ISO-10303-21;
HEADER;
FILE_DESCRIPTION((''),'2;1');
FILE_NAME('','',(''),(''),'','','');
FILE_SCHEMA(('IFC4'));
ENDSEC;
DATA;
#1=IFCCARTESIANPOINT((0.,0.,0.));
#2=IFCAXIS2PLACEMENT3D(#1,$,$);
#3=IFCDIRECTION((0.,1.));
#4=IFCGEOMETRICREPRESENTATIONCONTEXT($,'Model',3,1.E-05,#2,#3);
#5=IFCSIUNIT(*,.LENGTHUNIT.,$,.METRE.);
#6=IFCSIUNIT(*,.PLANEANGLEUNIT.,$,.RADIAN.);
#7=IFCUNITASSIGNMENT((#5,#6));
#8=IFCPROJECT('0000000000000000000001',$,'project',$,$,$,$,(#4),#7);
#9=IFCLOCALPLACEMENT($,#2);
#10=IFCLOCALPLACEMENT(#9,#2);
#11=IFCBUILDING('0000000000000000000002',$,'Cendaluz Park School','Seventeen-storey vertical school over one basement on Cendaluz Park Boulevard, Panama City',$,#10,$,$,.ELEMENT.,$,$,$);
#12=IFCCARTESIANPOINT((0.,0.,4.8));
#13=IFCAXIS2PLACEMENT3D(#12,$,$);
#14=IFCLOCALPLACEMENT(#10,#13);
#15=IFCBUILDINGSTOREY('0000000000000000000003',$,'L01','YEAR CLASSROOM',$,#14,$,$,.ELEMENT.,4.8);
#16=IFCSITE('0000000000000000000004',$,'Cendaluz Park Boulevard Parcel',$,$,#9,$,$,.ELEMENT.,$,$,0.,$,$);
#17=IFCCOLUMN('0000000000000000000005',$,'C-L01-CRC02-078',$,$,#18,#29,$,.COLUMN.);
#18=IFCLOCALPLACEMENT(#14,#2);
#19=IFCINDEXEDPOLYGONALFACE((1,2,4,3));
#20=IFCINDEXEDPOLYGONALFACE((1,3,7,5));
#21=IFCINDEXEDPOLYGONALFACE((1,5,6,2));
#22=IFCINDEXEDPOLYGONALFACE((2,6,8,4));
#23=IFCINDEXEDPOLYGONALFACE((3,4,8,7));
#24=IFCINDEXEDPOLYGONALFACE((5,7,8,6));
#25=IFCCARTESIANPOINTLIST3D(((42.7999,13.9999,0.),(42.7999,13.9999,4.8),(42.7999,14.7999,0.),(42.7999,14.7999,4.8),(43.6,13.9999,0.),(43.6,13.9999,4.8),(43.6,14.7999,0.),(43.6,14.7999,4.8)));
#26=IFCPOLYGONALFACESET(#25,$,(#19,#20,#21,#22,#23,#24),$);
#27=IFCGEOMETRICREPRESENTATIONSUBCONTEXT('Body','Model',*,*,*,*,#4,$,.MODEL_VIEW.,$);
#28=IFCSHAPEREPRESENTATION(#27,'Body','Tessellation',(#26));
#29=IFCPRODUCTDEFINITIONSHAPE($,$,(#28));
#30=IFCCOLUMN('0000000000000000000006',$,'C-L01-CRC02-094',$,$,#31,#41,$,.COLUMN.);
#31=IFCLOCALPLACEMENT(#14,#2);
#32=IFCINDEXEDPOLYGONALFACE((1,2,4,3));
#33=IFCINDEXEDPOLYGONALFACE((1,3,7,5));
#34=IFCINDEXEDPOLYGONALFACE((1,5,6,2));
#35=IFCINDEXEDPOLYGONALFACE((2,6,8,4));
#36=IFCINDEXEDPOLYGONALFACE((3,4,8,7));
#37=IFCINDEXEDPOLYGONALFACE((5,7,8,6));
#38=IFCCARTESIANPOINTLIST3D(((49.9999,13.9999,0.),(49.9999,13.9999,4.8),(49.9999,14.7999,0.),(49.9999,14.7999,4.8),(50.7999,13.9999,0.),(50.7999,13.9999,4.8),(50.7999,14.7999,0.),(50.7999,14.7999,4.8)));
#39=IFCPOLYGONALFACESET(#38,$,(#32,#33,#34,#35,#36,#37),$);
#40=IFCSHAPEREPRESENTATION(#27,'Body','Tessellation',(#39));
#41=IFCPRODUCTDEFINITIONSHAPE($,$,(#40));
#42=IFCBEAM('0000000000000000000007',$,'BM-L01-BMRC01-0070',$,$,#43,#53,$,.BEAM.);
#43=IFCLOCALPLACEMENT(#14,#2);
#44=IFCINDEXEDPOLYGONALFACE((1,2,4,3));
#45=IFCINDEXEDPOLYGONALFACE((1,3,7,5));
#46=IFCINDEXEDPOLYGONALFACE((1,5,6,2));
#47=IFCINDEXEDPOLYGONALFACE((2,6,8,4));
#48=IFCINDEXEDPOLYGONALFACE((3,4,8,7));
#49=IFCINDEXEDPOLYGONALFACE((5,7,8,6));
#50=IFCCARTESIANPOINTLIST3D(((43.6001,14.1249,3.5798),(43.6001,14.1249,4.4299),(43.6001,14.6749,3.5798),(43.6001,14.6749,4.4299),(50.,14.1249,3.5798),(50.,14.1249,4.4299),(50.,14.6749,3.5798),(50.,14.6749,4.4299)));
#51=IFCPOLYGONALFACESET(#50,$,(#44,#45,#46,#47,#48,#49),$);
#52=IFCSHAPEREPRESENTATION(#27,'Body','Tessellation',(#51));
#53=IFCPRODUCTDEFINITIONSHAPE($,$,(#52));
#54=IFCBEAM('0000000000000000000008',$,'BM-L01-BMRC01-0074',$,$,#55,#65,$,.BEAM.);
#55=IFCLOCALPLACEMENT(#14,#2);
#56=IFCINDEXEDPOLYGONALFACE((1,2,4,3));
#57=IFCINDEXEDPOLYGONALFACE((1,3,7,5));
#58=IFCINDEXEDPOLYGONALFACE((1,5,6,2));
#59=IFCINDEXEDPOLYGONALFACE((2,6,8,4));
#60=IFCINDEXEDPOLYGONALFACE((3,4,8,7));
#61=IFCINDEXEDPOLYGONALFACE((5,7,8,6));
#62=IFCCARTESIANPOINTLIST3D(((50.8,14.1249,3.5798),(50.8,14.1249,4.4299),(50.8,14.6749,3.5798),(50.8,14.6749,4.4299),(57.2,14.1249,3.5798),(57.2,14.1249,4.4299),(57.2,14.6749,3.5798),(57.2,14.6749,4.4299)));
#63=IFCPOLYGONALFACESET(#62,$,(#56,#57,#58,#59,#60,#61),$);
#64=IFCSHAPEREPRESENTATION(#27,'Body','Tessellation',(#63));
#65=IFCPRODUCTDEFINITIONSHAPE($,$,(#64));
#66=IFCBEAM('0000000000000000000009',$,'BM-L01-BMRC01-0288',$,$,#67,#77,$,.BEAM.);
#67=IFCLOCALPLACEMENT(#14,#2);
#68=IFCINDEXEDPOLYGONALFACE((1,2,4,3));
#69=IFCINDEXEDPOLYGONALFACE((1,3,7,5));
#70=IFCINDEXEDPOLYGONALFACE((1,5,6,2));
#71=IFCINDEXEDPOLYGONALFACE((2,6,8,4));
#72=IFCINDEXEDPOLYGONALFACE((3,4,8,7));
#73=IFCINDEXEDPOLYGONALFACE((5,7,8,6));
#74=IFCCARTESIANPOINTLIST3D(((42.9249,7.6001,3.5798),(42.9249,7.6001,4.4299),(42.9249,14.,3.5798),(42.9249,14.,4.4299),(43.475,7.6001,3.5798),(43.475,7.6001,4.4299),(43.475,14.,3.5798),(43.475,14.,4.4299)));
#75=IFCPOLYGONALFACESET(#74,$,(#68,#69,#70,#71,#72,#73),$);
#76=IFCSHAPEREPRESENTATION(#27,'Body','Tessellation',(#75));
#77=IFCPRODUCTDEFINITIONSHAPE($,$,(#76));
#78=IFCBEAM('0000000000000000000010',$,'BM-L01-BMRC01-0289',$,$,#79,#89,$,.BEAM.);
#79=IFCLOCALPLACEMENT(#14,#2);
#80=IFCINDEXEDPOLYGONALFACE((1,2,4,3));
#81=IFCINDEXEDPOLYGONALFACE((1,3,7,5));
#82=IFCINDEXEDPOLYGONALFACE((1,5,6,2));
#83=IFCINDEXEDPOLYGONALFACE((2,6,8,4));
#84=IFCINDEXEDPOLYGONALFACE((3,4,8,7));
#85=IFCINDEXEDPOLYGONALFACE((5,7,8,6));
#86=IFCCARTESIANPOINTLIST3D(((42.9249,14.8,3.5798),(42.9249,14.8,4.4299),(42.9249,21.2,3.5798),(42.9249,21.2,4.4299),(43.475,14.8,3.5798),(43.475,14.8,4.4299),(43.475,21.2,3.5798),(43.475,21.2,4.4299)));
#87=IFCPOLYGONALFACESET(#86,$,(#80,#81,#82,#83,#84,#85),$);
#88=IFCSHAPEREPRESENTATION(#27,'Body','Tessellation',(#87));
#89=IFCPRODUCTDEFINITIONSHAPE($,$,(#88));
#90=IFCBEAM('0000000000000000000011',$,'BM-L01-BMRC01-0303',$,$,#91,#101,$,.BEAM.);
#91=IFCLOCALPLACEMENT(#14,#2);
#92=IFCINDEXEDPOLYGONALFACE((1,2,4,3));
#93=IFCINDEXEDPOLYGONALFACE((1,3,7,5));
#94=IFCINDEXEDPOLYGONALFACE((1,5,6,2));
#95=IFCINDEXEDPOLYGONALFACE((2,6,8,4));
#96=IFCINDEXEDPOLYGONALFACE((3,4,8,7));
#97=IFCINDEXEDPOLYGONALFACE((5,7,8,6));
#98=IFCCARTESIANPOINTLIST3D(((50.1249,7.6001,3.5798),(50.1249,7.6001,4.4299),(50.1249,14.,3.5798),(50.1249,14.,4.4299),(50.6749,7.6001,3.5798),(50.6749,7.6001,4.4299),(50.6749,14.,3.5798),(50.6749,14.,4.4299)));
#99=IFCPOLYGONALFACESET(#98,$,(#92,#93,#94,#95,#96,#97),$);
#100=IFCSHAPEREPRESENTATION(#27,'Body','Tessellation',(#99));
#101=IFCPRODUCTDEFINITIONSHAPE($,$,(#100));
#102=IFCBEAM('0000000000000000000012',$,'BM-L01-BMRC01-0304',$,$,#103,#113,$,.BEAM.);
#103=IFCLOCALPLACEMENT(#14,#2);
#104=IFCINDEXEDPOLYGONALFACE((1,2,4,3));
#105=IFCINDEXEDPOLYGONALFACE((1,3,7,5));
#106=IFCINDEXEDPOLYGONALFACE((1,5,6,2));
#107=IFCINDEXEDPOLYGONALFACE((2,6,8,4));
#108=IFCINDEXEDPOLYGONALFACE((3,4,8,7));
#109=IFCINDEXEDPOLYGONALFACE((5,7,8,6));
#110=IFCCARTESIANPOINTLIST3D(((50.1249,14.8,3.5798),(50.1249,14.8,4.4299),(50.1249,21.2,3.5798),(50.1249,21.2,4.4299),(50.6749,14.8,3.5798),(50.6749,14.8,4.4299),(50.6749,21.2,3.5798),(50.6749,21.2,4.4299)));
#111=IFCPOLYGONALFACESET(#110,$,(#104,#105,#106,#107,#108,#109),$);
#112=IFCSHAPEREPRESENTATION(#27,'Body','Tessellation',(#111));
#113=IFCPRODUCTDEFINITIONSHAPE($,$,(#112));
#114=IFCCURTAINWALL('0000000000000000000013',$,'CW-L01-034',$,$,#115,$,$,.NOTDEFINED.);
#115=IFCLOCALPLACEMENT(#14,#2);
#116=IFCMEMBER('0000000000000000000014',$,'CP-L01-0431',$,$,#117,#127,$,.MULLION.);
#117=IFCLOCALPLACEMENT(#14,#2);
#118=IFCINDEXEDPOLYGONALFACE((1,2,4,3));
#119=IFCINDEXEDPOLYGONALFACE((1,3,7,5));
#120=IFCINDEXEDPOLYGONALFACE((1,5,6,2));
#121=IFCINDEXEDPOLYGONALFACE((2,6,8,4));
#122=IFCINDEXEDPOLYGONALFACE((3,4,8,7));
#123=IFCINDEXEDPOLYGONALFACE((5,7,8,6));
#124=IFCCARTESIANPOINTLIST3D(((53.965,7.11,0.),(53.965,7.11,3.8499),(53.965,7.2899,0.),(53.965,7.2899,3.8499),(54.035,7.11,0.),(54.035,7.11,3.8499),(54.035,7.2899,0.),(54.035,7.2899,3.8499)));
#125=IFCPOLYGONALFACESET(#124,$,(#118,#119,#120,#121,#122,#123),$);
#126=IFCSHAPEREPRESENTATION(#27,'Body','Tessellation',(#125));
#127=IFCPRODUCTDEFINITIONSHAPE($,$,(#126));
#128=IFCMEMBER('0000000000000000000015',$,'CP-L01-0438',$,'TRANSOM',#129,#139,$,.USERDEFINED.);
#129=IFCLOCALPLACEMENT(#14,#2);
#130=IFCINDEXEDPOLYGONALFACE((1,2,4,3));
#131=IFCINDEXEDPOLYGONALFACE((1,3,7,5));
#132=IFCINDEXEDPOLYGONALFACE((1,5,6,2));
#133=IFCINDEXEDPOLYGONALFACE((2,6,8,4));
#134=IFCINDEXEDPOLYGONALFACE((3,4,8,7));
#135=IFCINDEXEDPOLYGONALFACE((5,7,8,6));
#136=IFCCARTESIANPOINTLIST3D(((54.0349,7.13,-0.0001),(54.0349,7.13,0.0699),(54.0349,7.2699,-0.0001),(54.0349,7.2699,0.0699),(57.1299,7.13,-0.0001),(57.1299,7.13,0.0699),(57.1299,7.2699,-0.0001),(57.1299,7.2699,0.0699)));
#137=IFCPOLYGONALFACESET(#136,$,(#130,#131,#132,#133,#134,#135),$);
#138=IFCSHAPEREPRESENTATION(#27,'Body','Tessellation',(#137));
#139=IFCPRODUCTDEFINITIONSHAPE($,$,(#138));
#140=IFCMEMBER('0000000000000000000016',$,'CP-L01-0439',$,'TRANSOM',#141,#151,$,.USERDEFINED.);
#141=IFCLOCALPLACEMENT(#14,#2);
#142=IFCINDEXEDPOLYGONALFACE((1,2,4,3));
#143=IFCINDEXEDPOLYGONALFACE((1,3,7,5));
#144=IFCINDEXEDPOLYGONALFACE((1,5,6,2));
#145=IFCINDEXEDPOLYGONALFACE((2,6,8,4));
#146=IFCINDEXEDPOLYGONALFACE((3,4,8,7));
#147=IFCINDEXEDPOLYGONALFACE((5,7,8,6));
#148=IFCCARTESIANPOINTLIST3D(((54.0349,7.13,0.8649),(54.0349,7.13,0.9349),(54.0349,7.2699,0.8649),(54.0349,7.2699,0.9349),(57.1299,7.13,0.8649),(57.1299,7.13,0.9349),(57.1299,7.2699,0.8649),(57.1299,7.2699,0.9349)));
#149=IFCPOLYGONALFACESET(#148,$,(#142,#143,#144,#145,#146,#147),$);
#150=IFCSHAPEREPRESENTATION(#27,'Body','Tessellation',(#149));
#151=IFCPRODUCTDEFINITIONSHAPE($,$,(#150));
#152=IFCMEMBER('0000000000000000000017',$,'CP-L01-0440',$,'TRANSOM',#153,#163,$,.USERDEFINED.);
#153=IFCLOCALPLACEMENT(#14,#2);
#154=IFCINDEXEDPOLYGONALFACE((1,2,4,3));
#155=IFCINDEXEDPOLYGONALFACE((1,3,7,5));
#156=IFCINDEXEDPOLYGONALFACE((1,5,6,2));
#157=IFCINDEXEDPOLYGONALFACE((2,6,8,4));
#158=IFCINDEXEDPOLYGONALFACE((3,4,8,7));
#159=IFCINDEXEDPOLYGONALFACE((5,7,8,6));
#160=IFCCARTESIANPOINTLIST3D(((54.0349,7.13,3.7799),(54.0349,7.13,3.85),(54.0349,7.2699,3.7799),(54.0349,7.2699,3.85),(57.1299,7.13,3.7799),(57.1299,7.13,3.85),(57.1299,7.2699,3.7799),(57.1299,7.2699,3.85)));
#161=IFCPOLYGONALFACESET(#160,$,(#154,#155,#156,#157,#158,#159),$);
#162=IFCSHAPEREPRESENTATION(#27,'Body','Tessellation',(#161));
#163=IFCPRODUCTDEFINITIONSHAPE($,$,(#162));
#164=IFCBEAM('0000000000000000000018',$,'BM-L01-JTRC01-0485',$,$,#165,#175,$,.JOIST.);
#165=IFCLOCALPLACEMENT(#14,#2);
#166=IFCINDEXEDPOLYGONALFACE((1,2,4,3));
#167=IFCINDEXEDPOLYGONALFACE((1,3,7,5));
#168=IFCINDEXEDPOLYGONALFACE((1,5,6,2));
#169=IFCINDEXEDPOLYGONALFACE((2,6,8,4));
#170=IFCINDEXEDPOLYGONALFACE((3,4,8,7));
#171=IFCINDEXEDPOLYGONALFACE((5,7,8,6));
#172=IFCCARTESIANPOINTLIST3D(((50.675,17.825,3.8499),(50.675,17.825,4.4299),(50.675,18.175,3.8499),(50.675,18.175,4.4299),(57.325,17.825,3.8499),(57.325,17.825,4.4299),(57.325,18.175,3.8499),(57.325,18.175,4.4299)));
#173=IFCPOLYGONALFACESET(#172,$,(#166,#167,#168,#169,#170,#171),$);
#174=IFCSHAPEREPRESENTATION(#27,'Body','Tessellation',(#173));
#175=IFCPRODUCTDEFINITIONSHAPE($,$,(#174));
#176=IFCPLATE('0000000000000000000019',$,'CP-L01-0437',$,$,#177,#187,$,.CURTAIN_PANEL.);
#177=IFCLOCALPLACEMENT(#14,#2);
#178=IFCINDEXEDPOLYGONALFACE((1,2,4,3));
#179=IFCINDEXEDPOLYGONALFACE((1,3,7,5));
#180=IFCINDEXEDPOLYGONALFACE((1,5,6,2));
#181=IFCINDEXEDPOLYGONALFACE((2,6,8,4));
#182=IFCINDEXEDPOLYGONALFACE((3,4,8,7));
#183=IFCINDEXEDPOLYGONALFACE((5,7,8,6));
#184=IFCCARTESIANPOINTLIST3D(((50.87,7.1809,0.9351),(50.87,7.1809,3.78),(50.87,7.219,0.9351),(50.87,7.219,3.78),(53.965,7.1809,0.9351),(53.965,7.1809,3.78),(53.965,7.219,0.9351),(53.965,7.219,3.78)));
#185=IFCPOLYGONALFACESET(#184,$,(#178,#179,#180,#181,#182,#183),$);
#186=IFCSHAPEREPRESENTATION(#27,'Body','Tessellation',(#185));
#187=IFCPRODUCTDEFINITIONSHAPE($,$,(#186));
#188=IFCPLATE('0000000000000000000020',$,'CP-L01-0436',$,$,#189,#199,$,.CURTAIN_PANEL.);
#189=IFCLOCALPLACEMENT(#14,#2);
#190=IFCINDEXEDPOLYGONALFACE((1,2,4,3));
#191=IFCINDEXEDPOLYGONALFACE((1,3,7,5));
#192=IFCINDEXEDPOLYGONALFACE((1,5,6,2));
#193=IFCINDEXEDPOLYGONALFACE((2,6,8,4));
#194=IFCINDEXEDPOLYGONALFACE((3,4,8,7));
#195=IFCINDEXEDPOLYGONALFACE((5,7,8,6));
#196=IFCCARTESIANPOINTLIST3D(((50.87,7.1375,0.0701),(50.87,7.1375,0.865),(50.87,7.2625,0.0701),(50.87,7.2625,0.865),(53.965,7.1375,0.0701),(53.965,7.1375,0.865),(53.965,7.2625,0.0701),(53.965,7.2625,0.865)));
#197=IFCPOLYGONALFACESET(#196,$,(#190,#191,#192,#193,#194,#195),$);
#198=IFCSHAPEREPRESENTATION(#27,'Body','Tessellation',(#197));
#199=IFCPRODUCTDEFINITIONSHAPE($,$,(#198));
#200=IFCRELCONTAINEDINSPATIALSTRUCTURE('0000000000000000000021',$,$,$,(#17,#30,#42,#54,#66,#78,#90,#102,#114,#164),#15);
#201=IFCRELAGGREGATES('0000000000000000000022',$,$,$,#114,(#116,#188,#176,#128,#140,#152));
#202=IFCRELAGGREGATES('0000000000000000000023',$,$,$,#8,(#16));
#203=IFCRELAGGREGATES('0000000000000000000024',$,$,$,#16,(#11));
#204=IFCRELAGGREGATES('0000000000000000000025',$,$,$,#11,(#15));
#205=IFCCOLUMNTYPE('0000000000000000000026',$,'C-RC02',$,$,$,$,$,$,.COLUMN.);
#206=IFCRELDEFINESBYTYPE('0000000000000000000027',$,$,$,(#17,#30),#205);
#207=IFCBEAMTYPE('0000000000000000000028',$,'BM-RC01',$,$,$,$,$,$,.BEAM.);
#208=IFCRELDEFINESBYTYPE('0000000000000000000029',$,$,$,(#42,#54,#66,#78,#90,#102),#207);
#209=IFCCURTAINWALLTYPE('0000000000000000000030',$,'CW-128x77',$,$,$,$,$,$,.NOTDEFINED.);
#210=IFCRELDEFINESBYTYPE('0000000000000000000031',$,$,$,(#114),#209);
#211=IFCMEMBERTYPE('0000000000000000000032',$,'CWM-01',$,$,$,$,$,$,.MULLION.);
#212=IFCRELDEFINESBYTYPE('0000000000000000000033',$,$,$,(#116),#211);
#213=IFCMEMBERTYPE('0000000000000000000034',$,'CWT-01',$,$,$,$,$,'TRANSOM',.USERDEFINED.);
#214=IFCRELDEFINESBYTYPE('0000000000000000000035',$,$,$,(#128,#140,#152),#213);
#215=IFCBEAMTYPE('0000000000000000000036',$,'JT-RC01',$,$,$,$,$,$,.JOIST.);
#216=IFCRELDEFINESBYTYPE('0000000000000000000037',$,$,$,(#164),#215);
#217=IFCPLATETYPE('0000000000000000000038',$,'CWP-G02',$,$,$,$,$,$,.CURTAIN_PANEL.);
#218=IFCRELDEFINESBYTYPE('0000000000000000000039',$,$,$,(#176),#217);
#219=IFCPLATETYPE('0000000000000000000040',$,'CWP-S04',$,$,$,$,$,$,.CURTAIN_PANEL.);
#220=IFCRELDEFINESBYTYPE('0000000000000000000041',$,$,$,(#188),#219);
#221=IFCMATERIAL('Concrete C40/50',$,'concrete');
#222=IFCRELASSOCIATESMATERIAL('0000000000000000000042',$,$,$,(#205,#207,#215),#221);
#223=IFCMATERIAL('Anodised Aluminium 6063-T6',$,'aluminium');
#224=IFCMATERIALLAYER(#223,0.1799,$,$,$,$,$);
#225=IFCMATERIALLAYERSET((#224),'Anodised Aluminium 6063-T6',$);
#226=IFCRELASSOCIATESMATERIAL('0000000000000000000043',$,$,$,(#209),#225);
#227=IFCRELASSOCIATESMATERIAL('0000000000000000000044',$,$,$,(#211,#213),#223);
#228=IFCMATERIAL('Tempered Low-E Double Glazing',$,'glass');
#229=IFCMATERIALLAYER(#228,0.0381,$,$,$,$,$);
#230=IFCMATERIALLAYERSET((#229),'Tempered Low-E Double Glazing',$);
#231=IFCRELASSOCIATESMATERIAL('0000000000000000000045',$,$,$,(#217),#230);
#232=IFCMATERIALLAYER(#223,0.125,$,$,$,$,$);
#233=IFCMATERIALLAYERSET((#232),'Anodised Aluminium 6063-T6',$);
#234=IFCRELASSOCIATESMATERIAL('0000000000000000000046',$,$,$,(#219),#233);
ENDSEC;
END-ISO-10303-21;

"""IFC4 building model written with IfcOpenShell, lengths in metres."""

from ifc_helpers import new_model, si_unit, direction, frame, origin, origin_2d, place, context, subcontext, project, spatial, rectangle, extrude, material, layer, layer_set, material_profile, profile_set, type_object, element, aggregate, save


model = new_model("IFC4")

# Units and contexts
model_context = context("Model", 3, precision=1e-05, world=origin(), true_north=direction((0.0, 1.0)))
body_context = subcontext(model_context, "Body", "Model", "MODEL_VIEW")
ifc_project = project(units=[si_unit("LENGTHUNIT", "METRE"), si_unit("PLANEANGLEUNIT", "RADIAN")], contexts=[model_context])

# Site, building, storey
site_placement = place(None, origin())
site = spatial("IfcSite", under=ifc_project, at=site_placement, Name="Cendaluz Park Boulevard Parcel", CompositionType="ELEMENT", RefElevation=0.0)
building_placement = place(site_placement, origin())
building = spatial("IfcBuilding", under=site, at=building_placement, Name="Cendaluz Park School", Description="Seventeen-storey vertical school over one basement on Cendaluz Park Boulevard, Panama City", CompositionType="ELEMENT")
storey_placement = place(building_placement, frame((0.0, 0.0, 4.8)))
storey = spatial("IfcBuildingStorey", under=building, at=storey_placement, Name="L01", Description="YEAR CLASSROOM", CompositionType="ELEMENT", Elevation=4.8)

# Columns
ifc_material_1 = material(Name="Concrete C40/50", Category="concrete")
ifc_material_profile_1 = material_profile(ifc_material_1, rectangle(XDim=0.8, YDim=0.8, at=origin_2d()), Name="RC 800x800", Category="concrete")
ifc_profile_set_1 = profile_set([ifc_material_profile_1], Name="Concrete C40/50")
column_type = type_object("IfcColumnType", Name="C-RC02", PredefinedType="COLUMN", material=ifc_profile_set_1)
for number, where, z_axis, x_axis, name in (
    (1, (43.2, 14.3999, 0.0), (0.0, 0.0, 1.0), (1.0, 0.0, 0.0), "C-L01-CRC02-078"),
    (2, (50.3999, 14.3999, 0.0), (0.0, 0.0, 1.0), (1.0, 0.0, 0.0), "C-L01-CRC02-094"),
):
    element("IfcColumn", number, at=place(storey_placement, frame(where, z_axis=z_axis, x_axis=x_axis)), inside=storey, type_object=column_type, Name=name, PredefinedType="COLUMN", context=body_context, shape_type="SweptSolid", body=[
        extrude(rectangle(XDim=0.8, YDim=0.8, at=origin_2d()), origin(), (0.0, 0.0, 1.0), 4.8),
    ])

# Beams
ifc_material_profile_2 = material_profile(ifc_material_1, rectangle(XDim=0.55, YDim=0.8501, at=origin_2d()), Name="RC 550x850", Category="concrete")
ifc_profile_set_2 = profile_set([ifc_material_profile_2], Name="Concrete C40/50")
beam_type_1 = type_object("IfcBeamType", Name="BM-RC01", PredefinedType="BEAM", material=ifc_profile_set_2)
for number, where, z_axis, x_axis, name in (
    (3, (43.6001, 14.3999, 4.0049), (1.0, 0.0, 0.0), (0.0, 1.0, 0.0), "BM-L01-BMRC01-0070"),
    (4, (50.8, 14.3999, 4.0049), (1.0, 0.0, 0.0), (0.0, 1.0, 0.0), "BM-L01-BMRC01-0074"),
    (5, (43.2, 7.6001, 4.0049), (0.0, 1.0, 0.0), (-1.0, 0.0, 0.0), "BM-L01-BMRC01-0288"),
    (6, (43.2, 14.8, 4.0049), (0.0, 1.0, 0.0), (-1.0, 0.0, 0.0), "BM-L01-BMRC01-0289"),
    (7, (50.3999, 7.6001, 4.0049), (0.0, 1.0, 0.0), (-1.0, 0.0, 0.0), "BM-L01-BMRC01-0303"),
    (8, (50.3999, 14.8, 4.0049), (0.0, 1.0, 0.0), (-1.0, 0.0, 0.0), "BM-L01-BMRC01-0304"),
):
    element("IfcBeam", number, at=place(storey_placement, frame(where, z_axis=z_axis, x_axis=x_axis)), inside=storey, type_object=beam_type_1, Name=name, PredefinedType="BEAM", context=body_context, shape_type="SweptSolid", body=[
        extrude(rectangle(XDim=0.55, YDim=0.8501, at=origin_2d()), origin(), (0.0, 0.0, 1.0), 6.3999),
    ])

# Curtain wall, members
ifc_material_2 = material(Name="Anodised Aluminium 6063-T6", Category="aluminium")
ifc_layer_1 = layer(ifc_material_2, 0.1799)
ifc_layer_set_1 = layer_set([ifc_layer_1], Name="Anodised Aluminium 6063-T6")
curtain_wall_type = type_object("IfcCurtainWallType", Name="CW-128x77", PredefinedType="NOTDEFINED", material=ifc_layer_set_1)
curtain_wall_placement = place(storey_placement, origin())
curtain_wall = element("IfcCurtainWall", 9, at=curtain_wall_placement, inside=storey, type_object=curtain_wall_type, Name="CW-L01-034", PredefinedType="NOTDEFINED")
ifc_material_profile_3 = material_profile(ifc_material_2, rectangle(XDim=0.1799, YDim=0.0701, at=origin_2d()), Name="CWM 180x70", Category="aluminium")
ifc_profile_set_3 = profile_set([ifc_material_profile_3], Name="Anodised Aluminium 6063-T6")
member_type_1 = type_object("IfcMemberType", Name="CWM-01", PredefinedType="MULLION", material=ifc_profile_set_3)
member_1_placement = place(storey_placement, frame((54.0, 7.2, 0.0), z_axis=(0.0, 0.0, 1.0), x_axis=(0.0, 1.0, 0.0)))
member_1 = element("IfcMember", 10, at=member_1_placement, type_object=member_type_1, Name="CP-L01-0431", PredefinedType="MULLION", context=body_context, shape_type="SweptSolid", body=[
    extrude(rectangle(XDim=0.1799, YDim=0.0701, at=origin_2d()), origin(), (0.0, 0.0, 1.0), 3.8499),
])
ifc_material_profile_4 = material_profile(ifc_material_2, rectangle(XDim=0.1399, YDim=0.0701, at=origin_2d()), Name="CWT 140x70", Category="aluminium")
ifc_profile_set_4 = profile_set([ifc_material_profile_4], Name="Anodised Aluminium 6063-T6")
member_type_2 = type_object("IfcMemberType", Name="CWT-01", ElementType="TRANSOM", PredefinedType="USERDEFINED", material=ifc_profile_set_4)
member_2_placement = place(storey_placement, frame((54.0349, 7.2, 0.0349), z_axis=(1.0, 0.0, 0.0), x_axis=(0.0, 1.0, 0.0)))
member_2 = element("IfcMember", 11, at=member_2_placement, type_object=member_type_2, Name="CP-L01-0438", ObjectType="TRANSOM", PredefinedType="USERDEFINED", context=body_context, shape_type="SweptSolid", body=[
    extrude(rectangle(XDim=0.1399, YDim=0.0701, at=origin_2d()), origin(), (0.0, 0.0, 1.0), 3.095),
])
member_3_placement = place(storey_placement, frame((54.0349, 7.2, 0.8999), z_axis=(1.0, 0.0, 0.0), x_axis=(0.0, 1.0, 0.0)))
member_3 = element("IfcMember", 12, at=member_3_placement, type_object=member_type_2, Name="CP-L01-0439", ObjectType="TRANSOM", PredefinedType="USERDEFINED", context=body_context, shape_type="SweptSolid", body=[
    extrude(rectangle(XDim=0.1399, YDim=0.0701, at=origin_2d()), origin(), (0.0, 0.0, 1.0), 3.095),
])
member_4_placement = place(storey_placement, frame((54.0349, 7.2, 3.8149), z_axis=(1.0, 0.0, 0.0), x_axis=(0.0, 1.0, 0.0)))
member_4 = element("IfcMember", 13, at=member_4_placement, type_object=member_type_2, Name="CP-L01-0440", ObjectType="TRANSOM", PredefinedType="USERDEFINED", context=body_context, shape_type="SweptSolid", body=[
    extrude(rectangle(XDim=0.1399, YDim=0.0701, at=origin_2d()), origin(), (0.0, 0.0, 1.0), 3.095),
])

# Beam
ifc_material_profile_5 = material_profile(ifc_material_1, rectangle(XDim=0.3501, YDim=0.5801, at=origin_2d()), Name="RC 350x580", Category="concrete")
ifc_profile_set_5 = profile_set([ifc_material_profile_5], Name="Concrete C40/50")
beam_type_2 = type_object("IfcBeamType", Name="JT-RC01", PredefinedType="JOIST", material=ifc_profile_set_5)
beam_placement = place(storey_placement, frame((50.675, 18.0, 4.1399), z_axis=(1.0, 0.0, 0.0), x_axis=(0.0, 1.0, 0.0)))
element("IfcBeam", 14, at=beam_placement, inside=storey, type_object=beam_type_2, Name="BM-L01-JTRC01-0485", PredefinedType="JOIST", context=body_context, shape_type="SweptSolid", body=[
    extrude(rectangle(XDim=0.3501, YDim=0.5801, at=origin_2d()), origin(), (0.0, 0.0, 1.0), 6.6499),
])

# Plates
ifc_material_3 = material(Name="Tempered Low-E Double Glazing", Category="glass")
ifc_layer_2 = layer(ifc_material_3, 0.0381)
ifc_layer_set_2 = layer_set([ifc_layer_2], Name="Tempered Low-E Double Glazing")
plate_type_1 = type_object("IfcPlateType", Name="CWP-G02", PredefinedType="CURTAIN_PANEL", material=ifc_layer_set_2)
plate_1_placement = place(storey_placement, frame((52.4175, 7.2, 0.9351), z_axis=(0.0, 0.0, 1.0), x_axis=(1.0, 0.0, 0.0)))
plate_1 = element("IfcPlate", 15, at=plate_1_placement, type_object=plate_type_1, Name="CP-L01-0437", PredefinedType="CURTAIN_PANEL", context=body_context, shape_type="SweptSolid", body=[
    extrude(rectangle(XDim=3.095, YDim=0.0381, at=origin_2d()), origin(), (0.0, 0.0, 1.0), 2.845),
])
ifc_layer_3 = layer(ifc_material_2, 0.125)
ifc_layer_set_3 = layer_set([ifc_layer_3], Name="Anodised Aluminium 6063-T6")
plate_type_2 = type_object("IfcPlateType", Name="CWP-S04", PredefinedType="CURTAIN_PANEL", material=ifc_layer_set_3)
plate_2_placement = place(storey_placement, frame((52.4175, 7.2, 0.0701), z_axis=(0.0, 0.0, 1.0), x_axis=(1.0, 0.0, 0.0)))
plate_2 = element("IfcPlate", 16, at=plate_2_placement, type_object=plate_type_2, Name="CP-L01-0436", PredefinedType="CURTAIN_PANEL", context=body_context, shape_type="SweptSolid", body=[
    extrude(rectangle(XDim=3.095, YDim=0.125, at=origin_2d()), origin(), (0.0, 0.0, 1.0), 0.7949),
])
aggregate(curtain_wall, [member_1, plate_2, plate_1, member_2, member_3, member_4])

save(model, "model.ifc")
